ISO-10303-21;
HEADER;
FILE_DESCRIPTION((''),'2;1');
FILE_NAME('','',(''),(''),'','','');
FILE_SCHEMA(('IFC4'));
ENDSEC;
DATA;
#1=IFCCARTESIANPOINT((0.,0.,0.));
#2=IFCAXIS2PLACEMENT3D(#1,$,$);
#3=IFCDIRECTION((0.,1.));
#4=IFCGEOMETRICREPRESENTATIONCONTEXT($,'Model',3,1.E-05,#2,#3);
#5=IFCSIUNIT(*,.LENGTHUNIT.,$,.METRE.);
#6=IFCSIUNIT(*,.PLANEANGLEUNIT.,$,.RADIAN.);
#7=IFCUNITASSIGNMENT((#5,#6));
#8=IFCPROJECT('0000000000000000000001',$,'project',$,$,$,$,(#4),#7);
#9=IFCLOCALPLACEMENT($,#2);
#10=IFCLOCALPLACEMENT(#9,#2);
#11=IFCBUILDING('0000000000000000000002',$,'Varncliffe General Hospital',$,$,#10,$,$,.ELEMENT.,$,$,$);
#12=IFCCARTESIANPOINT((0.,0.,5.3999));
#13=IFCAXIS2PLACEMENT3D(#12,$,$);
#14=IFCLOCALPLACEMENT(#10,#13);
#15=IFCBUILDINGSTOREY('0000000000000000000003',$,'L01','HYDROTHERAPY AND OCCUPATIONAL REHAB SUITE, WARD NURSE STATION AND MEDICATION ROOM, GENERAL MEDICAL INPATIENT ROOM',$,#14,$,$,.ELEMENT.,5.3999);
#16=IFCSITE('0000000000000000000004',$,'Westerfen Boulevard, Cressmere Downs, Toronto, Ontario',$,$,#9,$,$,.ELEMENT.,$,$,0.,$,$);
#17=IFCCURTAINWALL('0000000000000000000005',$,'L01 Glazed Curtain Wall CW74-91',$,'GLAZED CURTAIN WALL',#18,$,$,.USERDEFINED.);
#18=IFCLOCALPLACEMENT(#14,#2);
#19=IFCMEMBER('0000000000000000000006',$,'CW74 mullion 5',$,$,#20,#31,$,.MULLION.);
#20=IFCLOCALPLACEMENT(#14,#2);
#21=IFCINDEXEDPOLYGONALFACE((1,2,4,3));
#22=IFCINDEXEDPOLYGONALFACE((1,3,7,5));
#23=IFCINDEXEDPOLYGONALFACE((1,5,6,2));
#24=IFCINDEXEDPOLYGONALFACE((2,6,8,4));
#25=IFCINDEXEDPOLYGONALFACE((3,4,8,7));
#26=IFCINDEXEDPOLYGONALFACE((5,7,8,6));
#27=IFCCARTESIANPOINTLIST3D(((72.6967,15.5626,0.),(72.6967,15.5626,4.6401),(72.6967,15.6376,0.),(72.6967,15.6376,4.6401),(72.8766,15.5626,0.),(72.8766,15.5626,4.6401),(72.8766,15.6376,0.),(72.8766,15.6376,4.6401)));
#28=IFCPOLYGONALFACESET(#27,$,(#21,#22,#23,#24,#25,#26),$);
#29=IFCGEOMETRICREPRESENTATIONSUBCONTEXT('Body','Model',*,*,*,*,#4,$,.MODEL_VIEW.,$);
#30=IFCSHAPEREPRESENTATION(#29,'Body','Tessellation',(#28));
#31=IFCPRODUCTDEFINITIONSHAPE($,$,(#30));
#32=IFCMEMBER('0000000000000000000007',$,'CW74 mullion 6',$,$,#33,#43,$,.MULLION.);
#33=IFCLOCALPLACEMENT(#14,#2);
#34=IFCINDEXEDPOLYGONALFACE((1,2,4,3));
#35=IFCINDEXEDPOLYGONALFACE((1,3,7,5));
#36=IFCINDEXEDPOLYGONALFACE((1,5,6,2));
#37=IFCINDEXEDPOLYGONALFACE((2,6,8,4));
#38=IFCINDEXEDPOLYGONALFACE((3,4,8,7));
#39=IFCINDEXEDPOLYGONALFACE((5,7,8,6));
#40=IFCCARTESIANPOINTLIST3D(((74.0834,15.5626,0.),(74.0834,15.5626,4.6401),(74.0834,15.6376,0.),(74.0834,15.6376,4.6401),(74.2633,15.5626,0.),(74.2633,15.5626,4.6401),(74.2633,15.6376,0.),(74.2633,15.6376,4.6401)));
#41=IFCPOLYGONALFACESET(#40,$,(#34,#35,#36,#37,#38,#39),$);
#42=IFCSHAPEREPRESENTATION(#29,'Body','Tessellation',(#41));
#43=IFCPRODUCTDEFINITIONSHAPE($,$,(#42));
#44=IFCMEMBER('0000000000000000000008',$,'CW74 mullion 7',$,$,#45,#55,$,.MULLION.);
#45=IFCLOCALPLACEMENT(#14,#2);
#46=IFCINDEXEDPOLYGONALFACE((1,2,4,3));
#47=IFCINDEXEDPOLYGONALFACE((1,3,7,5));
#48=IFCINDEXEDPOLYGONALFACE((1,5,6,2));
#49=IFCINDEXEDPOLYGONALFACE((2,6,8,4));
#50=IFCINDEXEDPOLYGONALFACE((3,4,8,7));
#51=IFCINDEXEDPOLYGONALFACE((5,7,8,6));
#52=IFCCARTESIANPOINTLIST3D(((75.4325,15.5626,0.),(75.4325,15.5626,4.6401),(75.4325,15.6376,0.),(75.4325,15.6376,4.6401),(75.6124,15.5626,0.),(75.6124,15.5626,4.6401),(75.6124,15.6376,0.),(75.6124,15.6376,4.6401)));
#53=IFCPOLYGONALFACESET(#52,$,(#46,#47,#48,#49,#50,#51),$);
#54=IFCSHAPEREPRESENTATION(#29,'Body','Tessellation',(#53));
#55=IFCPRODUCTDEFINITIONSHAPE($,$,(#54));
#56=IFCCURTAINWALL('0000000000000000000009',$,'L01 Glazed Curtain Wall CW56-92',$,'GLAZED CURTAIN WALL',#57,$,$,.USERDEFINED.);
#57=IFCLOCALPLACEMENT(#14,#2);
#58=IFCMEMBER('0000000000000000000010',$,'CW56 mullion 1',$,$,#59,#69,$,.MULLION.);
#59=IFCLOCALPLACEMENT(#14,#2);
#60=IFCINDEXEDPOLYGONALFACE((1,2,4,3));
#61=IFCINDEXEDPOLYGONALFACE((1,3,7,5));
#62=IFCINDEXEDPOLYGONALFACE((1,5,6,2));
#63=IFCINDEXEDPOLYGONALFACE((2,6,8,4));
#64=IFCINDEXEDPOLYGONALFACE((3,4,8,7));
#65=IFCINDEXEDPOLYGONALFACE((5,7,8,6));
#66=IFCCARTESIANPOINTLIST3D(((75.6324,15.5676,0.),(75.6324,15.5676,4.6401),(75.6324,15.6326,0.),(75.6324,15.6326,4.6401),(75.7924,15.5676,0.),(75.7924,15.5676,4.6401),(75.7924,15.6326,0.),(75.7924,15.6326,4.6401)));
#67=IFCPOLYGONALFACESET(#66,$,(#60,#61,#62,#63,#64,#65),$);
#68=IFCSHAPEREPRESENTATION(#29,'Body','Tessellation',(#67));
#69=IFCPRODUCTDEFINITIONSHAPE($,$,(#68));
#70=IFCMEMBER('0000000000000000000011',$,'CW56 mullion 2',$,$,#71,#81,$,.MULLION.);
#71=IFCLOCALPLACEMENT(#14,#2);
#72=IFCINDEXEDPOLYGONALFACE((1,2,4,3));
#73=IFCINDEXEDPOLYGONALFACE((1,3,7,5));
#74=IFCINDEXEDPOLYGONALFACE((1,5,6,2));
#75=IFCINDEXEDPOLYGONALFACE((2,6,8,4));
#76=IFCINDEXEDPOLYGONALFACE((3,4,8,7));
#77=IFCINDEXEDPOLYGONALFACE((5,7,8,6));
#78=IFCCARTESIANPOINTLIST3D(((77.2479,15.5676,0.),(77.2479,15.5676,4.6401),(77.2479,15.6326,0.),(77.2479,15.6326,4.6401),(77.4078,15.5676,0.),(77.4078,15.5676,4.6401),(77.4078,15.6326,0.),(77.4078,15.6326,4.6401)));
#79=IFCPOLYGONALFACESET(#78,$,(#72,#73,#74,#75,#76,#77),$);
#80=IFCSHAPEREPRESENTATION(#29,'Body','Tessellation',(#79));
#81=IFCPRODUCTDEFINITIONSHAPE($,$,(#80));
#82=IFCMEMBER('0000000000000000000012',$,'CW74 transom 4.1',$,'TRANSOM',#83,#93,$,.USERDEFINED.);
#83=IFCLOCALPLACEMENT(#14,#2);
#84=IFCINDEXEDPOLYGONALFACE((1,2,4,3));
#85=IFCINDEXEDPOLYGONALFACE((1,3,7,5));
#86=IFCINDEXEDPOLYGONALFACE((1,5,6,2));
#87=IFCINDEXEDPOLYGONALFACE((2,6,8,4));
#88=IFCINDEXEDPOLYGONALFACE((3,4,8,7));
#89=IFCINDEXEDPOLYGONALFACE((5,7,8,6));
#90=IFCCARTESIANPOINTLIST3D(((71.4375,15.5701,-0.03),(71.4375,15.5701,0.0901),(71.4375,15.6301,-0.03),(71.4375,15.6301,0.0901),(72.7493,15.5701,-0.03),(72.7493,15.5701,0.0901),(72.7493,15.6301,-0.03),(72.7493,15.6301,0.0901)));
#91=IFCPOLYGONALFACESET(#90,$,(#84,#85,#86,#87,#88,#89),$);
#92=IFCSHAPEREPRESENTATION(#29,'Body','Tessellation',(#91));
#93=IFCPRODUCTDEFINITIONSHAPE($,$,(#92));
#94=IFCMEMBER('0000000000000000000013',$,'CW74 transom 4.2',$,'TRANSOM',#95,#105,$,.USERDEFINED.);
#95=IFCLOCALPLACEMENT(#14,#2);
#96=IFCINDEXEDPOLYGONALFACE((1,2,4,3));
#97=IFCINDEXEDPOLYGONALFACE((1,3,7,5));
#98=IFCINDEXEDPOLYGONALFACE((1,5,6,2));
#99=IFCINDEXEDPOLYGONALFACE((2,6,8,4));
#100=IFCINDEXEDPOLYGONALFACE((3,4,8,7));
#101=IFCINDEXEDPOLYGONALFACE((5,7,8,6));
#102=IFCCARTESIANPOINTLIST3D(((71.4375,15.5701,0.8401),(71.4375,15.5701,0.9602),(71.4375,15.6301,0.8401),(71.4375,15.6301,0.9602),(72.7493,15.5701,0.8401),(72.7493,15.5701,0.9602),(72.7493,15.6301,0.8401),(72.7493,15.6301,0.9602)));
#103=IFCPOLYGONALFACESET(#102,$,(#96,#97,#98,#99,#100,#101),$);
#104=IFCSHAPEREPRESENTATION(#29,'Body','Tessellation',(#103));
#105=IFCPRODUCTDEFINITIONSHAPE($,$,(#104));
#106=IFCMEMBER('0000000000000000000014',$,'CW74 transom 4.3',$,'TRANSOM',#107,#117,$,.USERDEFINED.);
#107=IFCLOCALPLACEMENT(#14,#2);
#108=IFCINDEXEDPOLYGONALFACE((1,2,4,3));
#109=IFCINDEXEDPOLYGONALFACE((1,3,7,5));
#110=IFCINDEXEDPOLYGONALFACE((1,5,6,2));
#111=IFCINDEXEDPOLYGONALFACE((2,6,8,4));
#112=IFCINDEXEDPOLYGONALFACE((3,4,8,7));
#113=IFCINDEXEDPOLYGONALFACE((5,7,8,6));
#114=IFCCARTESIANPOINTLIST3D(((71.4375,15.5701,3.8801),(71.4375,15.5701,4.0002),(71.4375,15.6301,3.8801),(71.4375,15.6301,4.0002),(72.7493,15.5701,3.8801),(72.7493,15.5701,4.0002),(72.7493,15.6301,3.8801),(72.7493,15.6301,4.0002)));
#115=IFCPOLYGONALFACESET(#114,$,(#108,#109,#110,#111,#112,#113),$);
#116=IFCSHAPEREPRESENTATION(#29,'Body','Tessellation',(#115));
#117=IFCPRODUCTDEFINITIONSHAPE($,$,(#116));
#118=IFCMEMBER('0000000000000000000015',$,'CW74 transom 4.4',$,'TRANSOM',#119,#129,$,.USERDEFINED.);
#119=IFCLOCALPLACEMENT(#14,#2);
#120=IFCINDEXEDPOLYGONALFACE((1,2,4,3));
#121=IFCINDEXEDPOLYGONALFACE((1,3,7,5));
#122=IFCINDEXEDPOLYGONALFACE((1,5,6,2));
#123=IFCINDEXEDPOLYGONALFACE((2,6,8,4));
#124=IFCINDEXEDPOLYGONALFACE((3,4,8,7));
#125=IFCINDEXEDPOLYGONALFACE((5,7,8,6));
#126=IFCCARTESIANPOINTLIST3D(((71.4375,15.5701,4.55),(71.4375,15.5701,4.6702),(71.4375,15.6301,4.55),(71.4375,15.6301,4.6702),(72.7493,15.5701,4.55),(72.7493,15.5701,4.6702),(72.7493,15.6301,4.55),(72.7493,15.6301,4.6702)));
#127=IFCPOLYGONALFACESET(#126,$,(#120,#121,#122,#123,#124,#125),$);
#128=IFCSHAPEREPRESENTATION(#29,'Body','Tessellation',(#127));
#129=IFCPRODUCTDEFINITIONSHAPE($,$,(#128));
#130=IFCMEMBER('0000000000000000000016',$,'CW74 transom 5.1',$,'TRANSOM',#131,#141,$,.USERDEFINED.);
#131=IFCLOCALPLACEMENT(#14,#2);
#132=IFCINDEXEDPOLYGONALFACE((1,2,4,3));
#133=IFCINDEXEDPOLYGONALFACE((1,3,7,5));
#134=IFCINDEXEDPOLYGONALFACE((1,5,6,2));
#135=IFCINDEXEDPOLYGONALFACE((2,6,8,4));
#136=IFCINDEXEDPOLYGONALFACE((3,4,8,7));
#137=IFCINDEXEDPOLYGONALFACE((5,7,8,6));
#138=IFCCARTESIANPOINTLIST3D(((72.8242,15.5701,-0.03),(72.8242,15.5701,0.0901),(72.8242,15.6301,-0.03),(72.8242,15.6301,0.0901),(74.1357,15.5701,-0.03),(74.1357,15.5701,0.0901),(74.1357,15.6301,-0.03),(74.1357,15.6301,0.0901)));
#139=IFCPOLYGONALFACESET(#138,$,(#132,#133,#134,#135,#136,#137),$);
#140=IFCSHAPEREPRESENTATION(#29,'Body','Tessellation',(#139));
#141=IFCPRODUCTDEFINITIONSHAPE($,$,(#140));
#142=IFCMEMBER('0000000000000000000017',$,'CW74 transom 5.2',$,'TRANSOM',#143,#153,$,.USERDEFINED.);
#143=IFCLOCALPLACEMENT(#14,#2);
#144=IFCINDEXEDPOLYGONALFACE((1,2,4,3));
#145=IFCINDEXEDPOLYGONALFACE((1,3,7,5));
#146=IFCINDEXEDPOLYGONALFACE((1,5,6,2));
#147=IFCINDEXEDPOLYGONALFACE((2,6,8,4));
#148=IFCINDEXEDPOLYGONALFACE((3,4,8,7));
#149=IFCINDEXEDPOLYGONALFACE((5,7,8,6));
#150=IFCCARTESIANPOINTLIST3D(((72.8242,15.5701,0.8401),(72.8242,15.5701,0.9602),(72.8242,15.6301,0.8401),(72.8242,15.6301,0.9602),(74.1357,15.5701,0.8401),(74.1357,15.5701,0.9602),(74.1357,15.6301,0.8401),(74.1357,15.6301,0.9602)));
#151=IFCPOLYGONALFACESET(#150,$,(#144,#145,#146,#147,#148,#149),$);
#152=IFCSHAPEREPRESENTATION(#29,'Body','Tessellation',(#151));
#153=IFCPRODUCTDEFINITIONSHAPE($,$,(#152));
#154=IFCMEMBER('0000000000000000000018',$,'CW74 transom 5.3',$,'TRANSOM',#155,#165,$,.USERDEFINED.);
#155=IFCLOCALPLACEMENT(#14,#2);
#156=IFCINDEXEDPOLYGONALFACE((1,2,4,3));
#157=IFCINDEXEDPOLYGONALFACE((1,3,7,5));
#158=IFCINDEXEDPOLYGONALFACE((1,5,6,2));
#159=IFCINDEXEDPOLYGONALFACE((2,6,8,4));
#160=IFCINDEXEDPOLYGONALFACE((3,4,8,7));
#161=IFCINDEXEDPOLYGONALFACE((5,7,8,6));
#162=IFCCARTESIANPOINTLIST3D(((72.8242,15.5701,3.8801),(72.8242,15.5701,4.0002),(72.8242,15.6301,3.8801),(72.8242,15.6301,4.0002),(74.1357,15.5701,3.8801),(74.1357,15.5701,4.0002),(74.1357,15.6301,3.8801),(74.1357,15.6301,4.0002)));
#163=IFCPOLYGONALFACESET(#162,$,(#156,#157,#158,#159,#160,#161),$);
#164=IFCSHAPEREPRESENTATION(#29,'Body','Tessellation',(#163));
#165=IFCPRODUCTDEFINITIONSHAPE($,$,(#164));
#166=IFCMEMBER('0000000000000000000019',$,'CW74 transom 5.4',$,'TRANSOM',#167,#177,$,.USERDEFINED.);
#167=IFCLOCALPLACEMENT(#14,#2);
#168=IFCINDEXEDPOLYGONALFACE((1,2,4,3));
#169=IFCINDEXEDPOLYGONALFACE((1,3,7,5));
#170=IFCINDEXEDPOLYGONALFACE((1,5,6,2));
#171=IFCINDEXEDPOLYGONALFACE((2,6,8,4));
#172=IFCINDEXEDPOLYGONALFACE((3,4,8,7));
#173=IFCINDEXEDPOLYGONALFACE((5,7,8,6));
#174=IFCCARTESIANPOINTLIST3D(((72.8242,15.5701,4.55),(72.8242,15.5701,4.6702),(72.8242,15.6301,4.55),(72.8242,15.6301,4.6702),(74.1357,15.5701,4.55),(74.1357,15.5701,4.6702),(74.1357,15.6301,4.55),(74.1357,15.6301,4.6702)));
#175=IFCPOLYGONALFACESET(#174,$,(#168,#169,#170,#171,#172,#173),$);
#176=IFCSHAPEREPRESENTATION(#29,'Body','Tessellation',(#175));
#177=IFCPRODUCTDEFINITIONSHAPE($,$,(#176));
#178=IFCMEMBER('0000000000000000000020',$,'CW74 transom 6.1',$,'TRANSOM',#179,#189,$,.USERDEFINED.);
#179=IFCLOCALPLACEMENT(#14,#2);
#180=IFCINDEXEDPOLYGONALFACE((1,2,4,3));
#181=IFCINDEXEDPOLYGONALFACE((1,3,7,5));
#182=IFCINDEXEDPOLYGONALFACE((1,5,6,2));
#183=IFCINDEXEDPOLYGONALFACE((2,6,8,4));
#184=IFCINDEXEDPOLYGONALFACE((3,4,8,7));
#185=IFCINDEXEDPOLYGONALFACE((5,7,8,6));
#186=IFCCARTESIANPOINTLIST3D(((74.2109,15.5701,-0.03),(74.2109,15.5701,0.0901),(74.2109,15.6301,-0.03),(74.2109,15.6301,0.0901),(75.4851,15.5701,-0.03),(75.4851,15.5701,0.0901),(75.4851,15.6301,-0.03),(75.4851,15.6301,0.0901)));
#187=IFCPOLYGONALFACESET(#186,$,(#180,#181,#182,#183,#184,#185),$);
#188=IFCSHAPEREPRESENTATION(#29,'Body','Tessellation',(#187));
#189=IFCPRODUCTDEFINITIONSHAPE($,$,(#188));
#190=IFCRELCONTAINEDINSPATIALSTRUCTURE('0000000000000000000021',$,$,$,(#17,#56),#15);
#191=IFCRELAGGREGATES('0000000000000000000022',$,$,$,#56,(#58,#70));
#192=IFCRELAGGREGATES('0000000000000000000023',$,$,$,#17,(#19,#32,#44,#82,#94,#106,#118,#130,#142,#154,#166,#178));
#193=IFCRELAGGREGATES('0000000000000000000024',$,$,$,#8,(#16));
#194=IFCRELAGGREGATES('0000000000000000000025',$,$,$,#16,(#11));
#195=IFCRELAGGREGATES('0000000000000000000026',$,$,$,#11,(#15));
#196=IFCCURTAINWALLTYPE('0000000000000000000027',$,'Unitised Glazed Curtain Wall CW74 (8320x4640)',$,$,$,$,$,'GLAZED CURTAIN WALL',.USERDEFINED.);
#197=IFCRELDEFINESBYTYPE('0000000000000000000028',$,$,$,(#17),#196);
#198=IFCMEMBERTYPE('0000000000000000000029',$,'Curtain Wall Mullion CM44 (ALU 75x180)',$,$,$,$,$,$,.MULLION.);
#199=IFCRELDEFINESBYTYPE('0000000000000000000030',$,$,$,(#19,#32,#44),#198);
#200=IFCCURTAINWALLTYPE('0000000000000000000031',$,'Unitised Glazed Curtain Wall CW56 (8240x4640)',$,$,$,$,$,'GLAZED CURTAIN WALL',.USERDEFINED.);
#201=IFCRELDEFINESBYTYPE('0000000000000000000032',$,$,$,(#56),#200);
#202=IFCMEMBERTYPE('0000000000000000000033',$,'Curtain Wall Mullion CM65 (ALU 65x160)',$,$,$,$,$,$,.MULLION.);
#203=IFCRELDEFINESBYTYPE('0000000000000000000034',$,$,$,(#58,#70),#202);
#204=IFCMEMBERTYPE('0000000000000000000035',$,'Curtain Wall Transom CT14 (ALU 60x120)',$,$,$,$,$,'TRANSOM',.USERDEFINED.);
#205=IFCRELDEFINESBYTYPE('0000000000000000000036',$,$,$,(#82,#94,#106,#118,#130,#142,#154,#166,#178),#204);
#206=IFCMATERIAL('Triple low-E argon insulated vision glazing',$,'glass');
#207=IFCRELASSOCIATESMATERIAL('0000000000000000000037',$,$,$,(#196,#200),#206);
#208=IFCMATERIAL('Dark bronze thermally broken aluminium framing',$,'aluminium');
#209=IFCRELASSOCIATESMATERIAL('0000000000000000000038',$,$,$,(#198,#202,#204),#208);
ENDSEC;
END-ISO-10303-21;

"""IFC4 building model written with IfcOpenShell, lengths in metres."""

from ifc_helpers import new_model, si_unit, direction, frame, origin, origin_2d, place, context, subcontext, project, spatial, rectangle, extrude, material, material_profile, profile_set, type_object, element, aggregate, save


model = new_model("IFC4")

# Units and contexts
model_context = context("Model", 3, precision=1e-05, world=origin(), true_north=direction((0.0, 1.0)))
body_context = subcontext(model_context, "Body", "Model", "MODEL_VIEW")
ifc_project = project(units=[si_unit("LENGTHUNIT", "METRE"), si_unit("PLANEANGLEUNIT", "RADIAN")], contexts=[model_context])

# Site, building, storey
site_placement = place(None, origin())
site = spatial("IfcSite", under=ifc_project, at=site_placement, Name="Westerfen Boulevard, Cressmere Downs, Toronto, Ontario", CompositionType="ELEMENT", RefElevation=0.0)
building_placement = place(site_placement, origin())
building = spatial("IfcBuilding", under=site, at=building_placement, Name="Varncliffe General Hospital", CompositionType="ELEMENT")
storey_placement = place(building_placement, frame((0.0, 0.0, 5.3999)))
storey = spatial("IfcBuildingStorey", under=building, at=storey_placement, Name="L01", Description="HYDROTHERAPY AND OCCUPATIONAL REHAB SUITE, WARD NURSE STATION AND MEDICATION ROOM, GENERAL MEDICAL INPATIENT ROOM", CompositionType="ELEMENT", Elevation=5.3999)

# Curtain walls, members
ifc_material_1 = material(Name="Triple low-E argon insulated vision glazing", Category="glass")
curtain_wall_type_1 = type_object("IfcCurtainWallType", Name="Unitised Glazed Curtain Wall CW74 (8320x4640)", ElementType="GLAZED CURTAIN WALL", PredefinedType="USERDEFINED", material=ifc_material_1)
curtain_wall_1_placement = place(storey_placement, origin())
curtain_wall_1 = element("IfcCurtainWall", 1, at=curtain_wall_1_placement, inside=storey, type_object=curtain_wall_type_1, Name="L01 Glazed Curtain Wall CW74-91", ObjectType="GLAZED CURTAIN WALL", PredefinedType="USERDEFINED")
ifc_material_2 = material(Name="Dark bronze thermally broken aluminium framing", Category="aluminium")
ifc_material_profile_1 = material_profile(ifc_material_2, rectangle(XDim=0.075, YDim=0.1799, at=origin_2d()), Name="ALU 75x180")
ifc_profile_set_1 = profile_set([ifc_material_profile_1], Name="Dark bronze thermally broken aluminium framing")
member_type_1 = type_object("IfcMemberType", Name="Curtain Wall Mullion CM44 (ALU 75x180)", PredefinedType="MULLION", material=ifc_profile_set_1)
member_1_placement = place(storey_placement, frame((72.7866, 15.6001, 0.0), z_axis=(0.0, 0.0, 1.0), x_axis=(0.0, 1.0, 0.0)))
member_1 = element("IfcMember", 2, at=member_1_placement, type_object=member_type_1, Name="CW74 mullion 5", PredefinedType="MULLION", context=body_context, shape_type="SweptSolid", body=[
    extrude(rectangle(XDim=0.075, YDim=0.1799, at=origin_2d()), origin(), (0.0, 0.0, 1.0), 4.6401),
])
member_2_placement = place(storey_placement, frame((74.1733, 15.6001, 0.0), z_axis=(0.0, 0.0, 1.0), x_axis=(0.0, 1.0, 0.0)))
member_2 = element("IfcMember", 3, at=member_2_placement, type_object=member_type_1, Name="CW74 mullion 6", PredefinedType="MULLION", context=body_context, shape_type="SweptSolid", body=[
    extrude(rectangle(XDim=0.075, YDim=0.1799, at=origin_2d()), origin(), (0.0, 0.0, 1.0), 4.6401),
])
member_3_placement = place(storey_placement, frame((75.5225, 15.6001, 0.0), z_axis=(0.0, 0.0, 1.0), x_axis=(0.0, 1.0, 0.0)))
member_3 = element("IfcMember", 4, at=member_3_placement, type_object=member_type_1, Name="CW74 mullion 7", PredefinedType="MULLION", context=body_context, shape_type="SweptSolid", body=[
    extrude(rectangle(XDim=0.075, YDim=0.1799, at=origin_2d()), origin(), (0.0, 0.0, 1.0), 4.6401),
])
curtain_wall_type_2 = type_object("IfcCurtainWallType", Name="Unitised Glazed Curtain Wall CW56 (8240x4640)", ElementType="GLAZED CURTAIN WALL", PredefinedType="USERDEFINED", material=ifc_material_1)
curtain_wall_2_placement = place(storey_placement, origin())
curtain_wall_2 = element("IfcCurtainWall", 5, at=curtain_wall_2_placement, inside=storey, type_object=curtain_wall_type_2, Name="L01 Glazed Curtain Wall CW56-92", ObjectType="GLAZED CURTAIN WALL", PredefinedType="USERDEFINED")
ifc_material_profile_2 = material_profile(ifc_material_2, rectangle(XDim=0.0649, YDim=0.1599, at=origin_2d()), Name="ALU 65x160")
ifc_profile_set_2 = profile_set([ifc_material_profile_2], Name="Dark bronze thermally broken aluminium framing")
member_type_2 = type_object("IfcMemberType", Name="Curtain Wall Mullion CM65 (ALU 65x160)", PredefinedType="MULLION", material=ifc_profile_set_2)
member_4_placement = place(storey_placement, frame((75.7124, 15.6001, 0.0), z_axis=(0.0, 0.0, 1.0), x_axis=(0.0, 1.0, 0.0)))
member_4 = element("IfcMember", 6, at=member_4_placement, type_object=member_type_2, Name="CW56 mullion 1", PredefinedType="MULLION", context=body_context, shape_type="SweptSolid", body=[
    extrude(rectangle(XDim=0.0649, YDim=0.1599, at=origin_2d()), origin(), (0.0, 0.0, 1.0), 4.6401),
])
member_5_placement = place(storey_placement, frame((77.3279, 15.6001, 0.0), z_axis=(0.0, 0.0, 1.0), x_axis=(0.0, 1.0, 0.0)))
member_5 = element("IfcMember", 7, at=member_5_placement, type_object=member_type_2, Name="CW56 mullion 2", PredefinedType="MULLION", context=body_context, shape_type="SweptSolid", body=[
    extrude(rectangle(XDim=0.0649, YDim=0.1599, at=origin_2d()), origin(), (0.0, 0.0, 1.0), 4.6401),
])

# Members
ifc_material_profile_3 = material_profile(ifc_material_2, rectangle(XDim=0.0601, YDim=0.1201, at=origin_2d()), Name="ALU 60x120")
ifc_profile_set_3 = profile_set([ifc_material_profile_3], Name="Dark bronze thermally broken aluminium framing")
member_type_3 = type_object("IfcMemberType", Name="Curtain Wall Transom CT14 (ALU 60x120)", ElementType="TRANSOM", PredefinedType="USERDEFINED", material=ifc_profile_set_3)
member_6_placement = place(storey_placement, frame((71.4375, 15.6001, 0.03), z_axis=(1.0, 0.0, 0.0), x_axis=(0.0, 1.0, 0.0)))
member_6 = element("IfcMember", 8, at=member_6_placement, type_object=member_type_3, Name="CW74 transom 4.1", ObjectType="TRANSOM", PredefinedType="USERDEFINED", context=body_context, shape_type="SweptSolid", body=[
    extrude(rectangle(XDim=0.0601, YDim=0.1201, at=origin_2d()), origin(), (0.0, 0.0, 1.0), 1.3118),
])
member_7_placement = place(storey_placement, frame((71.4375, 15.6001, 0.9001), z_axis=(1.0, 0.0, 0.0), x_axis=(0.0, 1.0, 0.0)))
member_7 = element("IfcMember", 9, at=member_7_placement, type_object=member_type_3, Name="CW74 transom 4.2", ObjectType="TRANSOM", PredefinedType="USERDEFINED", context=body_context, shape_type="SweptSolid", body=[
    extrude(rectangle(XDim=0.0601, YDim=0.1201, at=origin_2d()), origin(), (0.0, 0.0, 1.0), 1.3118),
])
member_8_placement = place(storey_placement, frame((71.4375, 15.6001, 3.9402), z_axis=(1.0, 0.0, 0.0), x_axis=(0.0, 1.0, 0.0)))
member_8 = element("IfcMember", 10, at=member_8_placement, type_object=member_type_3, Name="CW74 transom 4.3", ObjectType="TRANSOM", PredefinedType="USERDEFINED", context=body_context, shape_type="SweptSolid", body=[
    extrude(rectangle(XDim=0.0601, YDim=0.1201, at=origin_2d()), origin(), (0.0, 0.0, 1.0), 1.3118),
])
member_9_placement = place(storey_placement, frame((71.4375, 15.6001, 4.6101), z_axis=(1.0, 0.0, 0.0), x_axis=(0.0, 1.0, 0.0)))
member_9 = element("IfcMember", 11, at=member_9_placement, type_object=member_type_3, Name="CW74 transom 4.4", ObjectType="TRANSOM", PredefinedType="USERDEFINED", context=body_context, shape_type="SweptSolid", body=[
    extrude(rectangle(XDim=0.0601, YDim=0.1201, at=origin_2d()), origin(), (0.0, 0.0, 1.0), 1.3118),
])
member_10_placement = place(storey_placement, frame((72.8242, 15.6001, 0.03), z_axis=(1.0, 0.0, 0.0), x_axis=(0.0, 1.0, 0.0)))
member_10 = element("IfcMember", 12, at=member_10_placement, type_object=member_type_3, Name="CW74 transom 5.1", ObjectType="TRANSOM", PredefinedType="USERDEFINED", context=body_context, shape_type="SweptSolid", body=[
    extrude(rectangle(XDim=0.0601, YDim=0.1201, at=origin_2d()), origin(), (0.0, 0.0, 1.0), 1.3115),
])
member_11_placement = place(storey_placement, frame((72.8242, 15.6001, 0.9001), z_axis=(1.0, 0.0, 0.0), x_axis=(0.0, 1.0, 0.0)))
member_11 = element("IfcMember", 13, at=member_11_placement, type_object=member_type_3, Name="CW74 transom 5.2", ObjectType="TRANSOM", PredefinedType="USERDEFINED", context=body_context, shape_type="SweptSolid", body=[
    extrude(rectangle(XDim=0.0601, YDim=0.1201, at=origin_2d()), origin(), (0.0, 0.0, 1.0), 1.3115),
])
member_12_placement = place(storey_placement, frame((72.8242, 15.6001, 3.9402), z_axis=(1.0, 0.0, 0.0), x_axis=(0.0, 1.0, 0.0)))
member_12 = element("IfcMember", 14, at=member_12_placement, type_object=member_type_3, Name="CW74 transom 5.3", ObjectType="TRANSOM", PredefinedType="USERDEFINED", context=body_context, shape_type="SweptSolid", body=[
    extrude(rectangle(XDim=0.0601, YDim=0.1201, at=origin_2d()), origin(), (0.0, 0.0, 1.0), 1.3115),
])
member_13_placement = place(storey_placement, frame((72.8242, 15.6001, 4.6101), z_axis=(1.0, 0.0, 0.0), x_axis=(0.0, 1.0, 0.0)))
member_13 = element("IfcMember", 15, at=member_13_placement, type_object=member_type_3, Name="CW74 transom 5.4", ObjectType="TRANSOM", PredefinedType="USERDEFINED", context=body_context, shape_type="SweptSolid", body=[
    extrude(rectangle(XDim=0.0601, YDim=0.1201, at=origin_2d()), origin(), (0.0, 0.0, 1.0), 1.3115),
])
member_14_placement = place(storey_placement, frame((74.2109, 15.6001, 0.03), z_axis=(1.0, 0.0, 0.0), x_axis=(0.0, 1.0, 0.0)))
member_14 = element("IfcMember", 16, at=member_14_placement, type_object=member_type_3, Name="CW74 transom 6.1", ObjectType="TRANSOM", PredefinedType="USERDEFINED", context=body_context, shape_type="SweptSolid", body=[
    extrude(rectangle(XDim=0.0601, YDim=0.1201, at=origin_2d()), origin(), (0.0, 0.0, 1.0), 1.2742),
])

aggregate(curtain_wall_2, [member_4, member_5])
aggregate(curtain_wall_1, [member_1, member_2, member_3, member_6, member_7, member_8, member_9, member_10, member_11, member_12, member_13, member_14])

save(model, "model.ifc")
